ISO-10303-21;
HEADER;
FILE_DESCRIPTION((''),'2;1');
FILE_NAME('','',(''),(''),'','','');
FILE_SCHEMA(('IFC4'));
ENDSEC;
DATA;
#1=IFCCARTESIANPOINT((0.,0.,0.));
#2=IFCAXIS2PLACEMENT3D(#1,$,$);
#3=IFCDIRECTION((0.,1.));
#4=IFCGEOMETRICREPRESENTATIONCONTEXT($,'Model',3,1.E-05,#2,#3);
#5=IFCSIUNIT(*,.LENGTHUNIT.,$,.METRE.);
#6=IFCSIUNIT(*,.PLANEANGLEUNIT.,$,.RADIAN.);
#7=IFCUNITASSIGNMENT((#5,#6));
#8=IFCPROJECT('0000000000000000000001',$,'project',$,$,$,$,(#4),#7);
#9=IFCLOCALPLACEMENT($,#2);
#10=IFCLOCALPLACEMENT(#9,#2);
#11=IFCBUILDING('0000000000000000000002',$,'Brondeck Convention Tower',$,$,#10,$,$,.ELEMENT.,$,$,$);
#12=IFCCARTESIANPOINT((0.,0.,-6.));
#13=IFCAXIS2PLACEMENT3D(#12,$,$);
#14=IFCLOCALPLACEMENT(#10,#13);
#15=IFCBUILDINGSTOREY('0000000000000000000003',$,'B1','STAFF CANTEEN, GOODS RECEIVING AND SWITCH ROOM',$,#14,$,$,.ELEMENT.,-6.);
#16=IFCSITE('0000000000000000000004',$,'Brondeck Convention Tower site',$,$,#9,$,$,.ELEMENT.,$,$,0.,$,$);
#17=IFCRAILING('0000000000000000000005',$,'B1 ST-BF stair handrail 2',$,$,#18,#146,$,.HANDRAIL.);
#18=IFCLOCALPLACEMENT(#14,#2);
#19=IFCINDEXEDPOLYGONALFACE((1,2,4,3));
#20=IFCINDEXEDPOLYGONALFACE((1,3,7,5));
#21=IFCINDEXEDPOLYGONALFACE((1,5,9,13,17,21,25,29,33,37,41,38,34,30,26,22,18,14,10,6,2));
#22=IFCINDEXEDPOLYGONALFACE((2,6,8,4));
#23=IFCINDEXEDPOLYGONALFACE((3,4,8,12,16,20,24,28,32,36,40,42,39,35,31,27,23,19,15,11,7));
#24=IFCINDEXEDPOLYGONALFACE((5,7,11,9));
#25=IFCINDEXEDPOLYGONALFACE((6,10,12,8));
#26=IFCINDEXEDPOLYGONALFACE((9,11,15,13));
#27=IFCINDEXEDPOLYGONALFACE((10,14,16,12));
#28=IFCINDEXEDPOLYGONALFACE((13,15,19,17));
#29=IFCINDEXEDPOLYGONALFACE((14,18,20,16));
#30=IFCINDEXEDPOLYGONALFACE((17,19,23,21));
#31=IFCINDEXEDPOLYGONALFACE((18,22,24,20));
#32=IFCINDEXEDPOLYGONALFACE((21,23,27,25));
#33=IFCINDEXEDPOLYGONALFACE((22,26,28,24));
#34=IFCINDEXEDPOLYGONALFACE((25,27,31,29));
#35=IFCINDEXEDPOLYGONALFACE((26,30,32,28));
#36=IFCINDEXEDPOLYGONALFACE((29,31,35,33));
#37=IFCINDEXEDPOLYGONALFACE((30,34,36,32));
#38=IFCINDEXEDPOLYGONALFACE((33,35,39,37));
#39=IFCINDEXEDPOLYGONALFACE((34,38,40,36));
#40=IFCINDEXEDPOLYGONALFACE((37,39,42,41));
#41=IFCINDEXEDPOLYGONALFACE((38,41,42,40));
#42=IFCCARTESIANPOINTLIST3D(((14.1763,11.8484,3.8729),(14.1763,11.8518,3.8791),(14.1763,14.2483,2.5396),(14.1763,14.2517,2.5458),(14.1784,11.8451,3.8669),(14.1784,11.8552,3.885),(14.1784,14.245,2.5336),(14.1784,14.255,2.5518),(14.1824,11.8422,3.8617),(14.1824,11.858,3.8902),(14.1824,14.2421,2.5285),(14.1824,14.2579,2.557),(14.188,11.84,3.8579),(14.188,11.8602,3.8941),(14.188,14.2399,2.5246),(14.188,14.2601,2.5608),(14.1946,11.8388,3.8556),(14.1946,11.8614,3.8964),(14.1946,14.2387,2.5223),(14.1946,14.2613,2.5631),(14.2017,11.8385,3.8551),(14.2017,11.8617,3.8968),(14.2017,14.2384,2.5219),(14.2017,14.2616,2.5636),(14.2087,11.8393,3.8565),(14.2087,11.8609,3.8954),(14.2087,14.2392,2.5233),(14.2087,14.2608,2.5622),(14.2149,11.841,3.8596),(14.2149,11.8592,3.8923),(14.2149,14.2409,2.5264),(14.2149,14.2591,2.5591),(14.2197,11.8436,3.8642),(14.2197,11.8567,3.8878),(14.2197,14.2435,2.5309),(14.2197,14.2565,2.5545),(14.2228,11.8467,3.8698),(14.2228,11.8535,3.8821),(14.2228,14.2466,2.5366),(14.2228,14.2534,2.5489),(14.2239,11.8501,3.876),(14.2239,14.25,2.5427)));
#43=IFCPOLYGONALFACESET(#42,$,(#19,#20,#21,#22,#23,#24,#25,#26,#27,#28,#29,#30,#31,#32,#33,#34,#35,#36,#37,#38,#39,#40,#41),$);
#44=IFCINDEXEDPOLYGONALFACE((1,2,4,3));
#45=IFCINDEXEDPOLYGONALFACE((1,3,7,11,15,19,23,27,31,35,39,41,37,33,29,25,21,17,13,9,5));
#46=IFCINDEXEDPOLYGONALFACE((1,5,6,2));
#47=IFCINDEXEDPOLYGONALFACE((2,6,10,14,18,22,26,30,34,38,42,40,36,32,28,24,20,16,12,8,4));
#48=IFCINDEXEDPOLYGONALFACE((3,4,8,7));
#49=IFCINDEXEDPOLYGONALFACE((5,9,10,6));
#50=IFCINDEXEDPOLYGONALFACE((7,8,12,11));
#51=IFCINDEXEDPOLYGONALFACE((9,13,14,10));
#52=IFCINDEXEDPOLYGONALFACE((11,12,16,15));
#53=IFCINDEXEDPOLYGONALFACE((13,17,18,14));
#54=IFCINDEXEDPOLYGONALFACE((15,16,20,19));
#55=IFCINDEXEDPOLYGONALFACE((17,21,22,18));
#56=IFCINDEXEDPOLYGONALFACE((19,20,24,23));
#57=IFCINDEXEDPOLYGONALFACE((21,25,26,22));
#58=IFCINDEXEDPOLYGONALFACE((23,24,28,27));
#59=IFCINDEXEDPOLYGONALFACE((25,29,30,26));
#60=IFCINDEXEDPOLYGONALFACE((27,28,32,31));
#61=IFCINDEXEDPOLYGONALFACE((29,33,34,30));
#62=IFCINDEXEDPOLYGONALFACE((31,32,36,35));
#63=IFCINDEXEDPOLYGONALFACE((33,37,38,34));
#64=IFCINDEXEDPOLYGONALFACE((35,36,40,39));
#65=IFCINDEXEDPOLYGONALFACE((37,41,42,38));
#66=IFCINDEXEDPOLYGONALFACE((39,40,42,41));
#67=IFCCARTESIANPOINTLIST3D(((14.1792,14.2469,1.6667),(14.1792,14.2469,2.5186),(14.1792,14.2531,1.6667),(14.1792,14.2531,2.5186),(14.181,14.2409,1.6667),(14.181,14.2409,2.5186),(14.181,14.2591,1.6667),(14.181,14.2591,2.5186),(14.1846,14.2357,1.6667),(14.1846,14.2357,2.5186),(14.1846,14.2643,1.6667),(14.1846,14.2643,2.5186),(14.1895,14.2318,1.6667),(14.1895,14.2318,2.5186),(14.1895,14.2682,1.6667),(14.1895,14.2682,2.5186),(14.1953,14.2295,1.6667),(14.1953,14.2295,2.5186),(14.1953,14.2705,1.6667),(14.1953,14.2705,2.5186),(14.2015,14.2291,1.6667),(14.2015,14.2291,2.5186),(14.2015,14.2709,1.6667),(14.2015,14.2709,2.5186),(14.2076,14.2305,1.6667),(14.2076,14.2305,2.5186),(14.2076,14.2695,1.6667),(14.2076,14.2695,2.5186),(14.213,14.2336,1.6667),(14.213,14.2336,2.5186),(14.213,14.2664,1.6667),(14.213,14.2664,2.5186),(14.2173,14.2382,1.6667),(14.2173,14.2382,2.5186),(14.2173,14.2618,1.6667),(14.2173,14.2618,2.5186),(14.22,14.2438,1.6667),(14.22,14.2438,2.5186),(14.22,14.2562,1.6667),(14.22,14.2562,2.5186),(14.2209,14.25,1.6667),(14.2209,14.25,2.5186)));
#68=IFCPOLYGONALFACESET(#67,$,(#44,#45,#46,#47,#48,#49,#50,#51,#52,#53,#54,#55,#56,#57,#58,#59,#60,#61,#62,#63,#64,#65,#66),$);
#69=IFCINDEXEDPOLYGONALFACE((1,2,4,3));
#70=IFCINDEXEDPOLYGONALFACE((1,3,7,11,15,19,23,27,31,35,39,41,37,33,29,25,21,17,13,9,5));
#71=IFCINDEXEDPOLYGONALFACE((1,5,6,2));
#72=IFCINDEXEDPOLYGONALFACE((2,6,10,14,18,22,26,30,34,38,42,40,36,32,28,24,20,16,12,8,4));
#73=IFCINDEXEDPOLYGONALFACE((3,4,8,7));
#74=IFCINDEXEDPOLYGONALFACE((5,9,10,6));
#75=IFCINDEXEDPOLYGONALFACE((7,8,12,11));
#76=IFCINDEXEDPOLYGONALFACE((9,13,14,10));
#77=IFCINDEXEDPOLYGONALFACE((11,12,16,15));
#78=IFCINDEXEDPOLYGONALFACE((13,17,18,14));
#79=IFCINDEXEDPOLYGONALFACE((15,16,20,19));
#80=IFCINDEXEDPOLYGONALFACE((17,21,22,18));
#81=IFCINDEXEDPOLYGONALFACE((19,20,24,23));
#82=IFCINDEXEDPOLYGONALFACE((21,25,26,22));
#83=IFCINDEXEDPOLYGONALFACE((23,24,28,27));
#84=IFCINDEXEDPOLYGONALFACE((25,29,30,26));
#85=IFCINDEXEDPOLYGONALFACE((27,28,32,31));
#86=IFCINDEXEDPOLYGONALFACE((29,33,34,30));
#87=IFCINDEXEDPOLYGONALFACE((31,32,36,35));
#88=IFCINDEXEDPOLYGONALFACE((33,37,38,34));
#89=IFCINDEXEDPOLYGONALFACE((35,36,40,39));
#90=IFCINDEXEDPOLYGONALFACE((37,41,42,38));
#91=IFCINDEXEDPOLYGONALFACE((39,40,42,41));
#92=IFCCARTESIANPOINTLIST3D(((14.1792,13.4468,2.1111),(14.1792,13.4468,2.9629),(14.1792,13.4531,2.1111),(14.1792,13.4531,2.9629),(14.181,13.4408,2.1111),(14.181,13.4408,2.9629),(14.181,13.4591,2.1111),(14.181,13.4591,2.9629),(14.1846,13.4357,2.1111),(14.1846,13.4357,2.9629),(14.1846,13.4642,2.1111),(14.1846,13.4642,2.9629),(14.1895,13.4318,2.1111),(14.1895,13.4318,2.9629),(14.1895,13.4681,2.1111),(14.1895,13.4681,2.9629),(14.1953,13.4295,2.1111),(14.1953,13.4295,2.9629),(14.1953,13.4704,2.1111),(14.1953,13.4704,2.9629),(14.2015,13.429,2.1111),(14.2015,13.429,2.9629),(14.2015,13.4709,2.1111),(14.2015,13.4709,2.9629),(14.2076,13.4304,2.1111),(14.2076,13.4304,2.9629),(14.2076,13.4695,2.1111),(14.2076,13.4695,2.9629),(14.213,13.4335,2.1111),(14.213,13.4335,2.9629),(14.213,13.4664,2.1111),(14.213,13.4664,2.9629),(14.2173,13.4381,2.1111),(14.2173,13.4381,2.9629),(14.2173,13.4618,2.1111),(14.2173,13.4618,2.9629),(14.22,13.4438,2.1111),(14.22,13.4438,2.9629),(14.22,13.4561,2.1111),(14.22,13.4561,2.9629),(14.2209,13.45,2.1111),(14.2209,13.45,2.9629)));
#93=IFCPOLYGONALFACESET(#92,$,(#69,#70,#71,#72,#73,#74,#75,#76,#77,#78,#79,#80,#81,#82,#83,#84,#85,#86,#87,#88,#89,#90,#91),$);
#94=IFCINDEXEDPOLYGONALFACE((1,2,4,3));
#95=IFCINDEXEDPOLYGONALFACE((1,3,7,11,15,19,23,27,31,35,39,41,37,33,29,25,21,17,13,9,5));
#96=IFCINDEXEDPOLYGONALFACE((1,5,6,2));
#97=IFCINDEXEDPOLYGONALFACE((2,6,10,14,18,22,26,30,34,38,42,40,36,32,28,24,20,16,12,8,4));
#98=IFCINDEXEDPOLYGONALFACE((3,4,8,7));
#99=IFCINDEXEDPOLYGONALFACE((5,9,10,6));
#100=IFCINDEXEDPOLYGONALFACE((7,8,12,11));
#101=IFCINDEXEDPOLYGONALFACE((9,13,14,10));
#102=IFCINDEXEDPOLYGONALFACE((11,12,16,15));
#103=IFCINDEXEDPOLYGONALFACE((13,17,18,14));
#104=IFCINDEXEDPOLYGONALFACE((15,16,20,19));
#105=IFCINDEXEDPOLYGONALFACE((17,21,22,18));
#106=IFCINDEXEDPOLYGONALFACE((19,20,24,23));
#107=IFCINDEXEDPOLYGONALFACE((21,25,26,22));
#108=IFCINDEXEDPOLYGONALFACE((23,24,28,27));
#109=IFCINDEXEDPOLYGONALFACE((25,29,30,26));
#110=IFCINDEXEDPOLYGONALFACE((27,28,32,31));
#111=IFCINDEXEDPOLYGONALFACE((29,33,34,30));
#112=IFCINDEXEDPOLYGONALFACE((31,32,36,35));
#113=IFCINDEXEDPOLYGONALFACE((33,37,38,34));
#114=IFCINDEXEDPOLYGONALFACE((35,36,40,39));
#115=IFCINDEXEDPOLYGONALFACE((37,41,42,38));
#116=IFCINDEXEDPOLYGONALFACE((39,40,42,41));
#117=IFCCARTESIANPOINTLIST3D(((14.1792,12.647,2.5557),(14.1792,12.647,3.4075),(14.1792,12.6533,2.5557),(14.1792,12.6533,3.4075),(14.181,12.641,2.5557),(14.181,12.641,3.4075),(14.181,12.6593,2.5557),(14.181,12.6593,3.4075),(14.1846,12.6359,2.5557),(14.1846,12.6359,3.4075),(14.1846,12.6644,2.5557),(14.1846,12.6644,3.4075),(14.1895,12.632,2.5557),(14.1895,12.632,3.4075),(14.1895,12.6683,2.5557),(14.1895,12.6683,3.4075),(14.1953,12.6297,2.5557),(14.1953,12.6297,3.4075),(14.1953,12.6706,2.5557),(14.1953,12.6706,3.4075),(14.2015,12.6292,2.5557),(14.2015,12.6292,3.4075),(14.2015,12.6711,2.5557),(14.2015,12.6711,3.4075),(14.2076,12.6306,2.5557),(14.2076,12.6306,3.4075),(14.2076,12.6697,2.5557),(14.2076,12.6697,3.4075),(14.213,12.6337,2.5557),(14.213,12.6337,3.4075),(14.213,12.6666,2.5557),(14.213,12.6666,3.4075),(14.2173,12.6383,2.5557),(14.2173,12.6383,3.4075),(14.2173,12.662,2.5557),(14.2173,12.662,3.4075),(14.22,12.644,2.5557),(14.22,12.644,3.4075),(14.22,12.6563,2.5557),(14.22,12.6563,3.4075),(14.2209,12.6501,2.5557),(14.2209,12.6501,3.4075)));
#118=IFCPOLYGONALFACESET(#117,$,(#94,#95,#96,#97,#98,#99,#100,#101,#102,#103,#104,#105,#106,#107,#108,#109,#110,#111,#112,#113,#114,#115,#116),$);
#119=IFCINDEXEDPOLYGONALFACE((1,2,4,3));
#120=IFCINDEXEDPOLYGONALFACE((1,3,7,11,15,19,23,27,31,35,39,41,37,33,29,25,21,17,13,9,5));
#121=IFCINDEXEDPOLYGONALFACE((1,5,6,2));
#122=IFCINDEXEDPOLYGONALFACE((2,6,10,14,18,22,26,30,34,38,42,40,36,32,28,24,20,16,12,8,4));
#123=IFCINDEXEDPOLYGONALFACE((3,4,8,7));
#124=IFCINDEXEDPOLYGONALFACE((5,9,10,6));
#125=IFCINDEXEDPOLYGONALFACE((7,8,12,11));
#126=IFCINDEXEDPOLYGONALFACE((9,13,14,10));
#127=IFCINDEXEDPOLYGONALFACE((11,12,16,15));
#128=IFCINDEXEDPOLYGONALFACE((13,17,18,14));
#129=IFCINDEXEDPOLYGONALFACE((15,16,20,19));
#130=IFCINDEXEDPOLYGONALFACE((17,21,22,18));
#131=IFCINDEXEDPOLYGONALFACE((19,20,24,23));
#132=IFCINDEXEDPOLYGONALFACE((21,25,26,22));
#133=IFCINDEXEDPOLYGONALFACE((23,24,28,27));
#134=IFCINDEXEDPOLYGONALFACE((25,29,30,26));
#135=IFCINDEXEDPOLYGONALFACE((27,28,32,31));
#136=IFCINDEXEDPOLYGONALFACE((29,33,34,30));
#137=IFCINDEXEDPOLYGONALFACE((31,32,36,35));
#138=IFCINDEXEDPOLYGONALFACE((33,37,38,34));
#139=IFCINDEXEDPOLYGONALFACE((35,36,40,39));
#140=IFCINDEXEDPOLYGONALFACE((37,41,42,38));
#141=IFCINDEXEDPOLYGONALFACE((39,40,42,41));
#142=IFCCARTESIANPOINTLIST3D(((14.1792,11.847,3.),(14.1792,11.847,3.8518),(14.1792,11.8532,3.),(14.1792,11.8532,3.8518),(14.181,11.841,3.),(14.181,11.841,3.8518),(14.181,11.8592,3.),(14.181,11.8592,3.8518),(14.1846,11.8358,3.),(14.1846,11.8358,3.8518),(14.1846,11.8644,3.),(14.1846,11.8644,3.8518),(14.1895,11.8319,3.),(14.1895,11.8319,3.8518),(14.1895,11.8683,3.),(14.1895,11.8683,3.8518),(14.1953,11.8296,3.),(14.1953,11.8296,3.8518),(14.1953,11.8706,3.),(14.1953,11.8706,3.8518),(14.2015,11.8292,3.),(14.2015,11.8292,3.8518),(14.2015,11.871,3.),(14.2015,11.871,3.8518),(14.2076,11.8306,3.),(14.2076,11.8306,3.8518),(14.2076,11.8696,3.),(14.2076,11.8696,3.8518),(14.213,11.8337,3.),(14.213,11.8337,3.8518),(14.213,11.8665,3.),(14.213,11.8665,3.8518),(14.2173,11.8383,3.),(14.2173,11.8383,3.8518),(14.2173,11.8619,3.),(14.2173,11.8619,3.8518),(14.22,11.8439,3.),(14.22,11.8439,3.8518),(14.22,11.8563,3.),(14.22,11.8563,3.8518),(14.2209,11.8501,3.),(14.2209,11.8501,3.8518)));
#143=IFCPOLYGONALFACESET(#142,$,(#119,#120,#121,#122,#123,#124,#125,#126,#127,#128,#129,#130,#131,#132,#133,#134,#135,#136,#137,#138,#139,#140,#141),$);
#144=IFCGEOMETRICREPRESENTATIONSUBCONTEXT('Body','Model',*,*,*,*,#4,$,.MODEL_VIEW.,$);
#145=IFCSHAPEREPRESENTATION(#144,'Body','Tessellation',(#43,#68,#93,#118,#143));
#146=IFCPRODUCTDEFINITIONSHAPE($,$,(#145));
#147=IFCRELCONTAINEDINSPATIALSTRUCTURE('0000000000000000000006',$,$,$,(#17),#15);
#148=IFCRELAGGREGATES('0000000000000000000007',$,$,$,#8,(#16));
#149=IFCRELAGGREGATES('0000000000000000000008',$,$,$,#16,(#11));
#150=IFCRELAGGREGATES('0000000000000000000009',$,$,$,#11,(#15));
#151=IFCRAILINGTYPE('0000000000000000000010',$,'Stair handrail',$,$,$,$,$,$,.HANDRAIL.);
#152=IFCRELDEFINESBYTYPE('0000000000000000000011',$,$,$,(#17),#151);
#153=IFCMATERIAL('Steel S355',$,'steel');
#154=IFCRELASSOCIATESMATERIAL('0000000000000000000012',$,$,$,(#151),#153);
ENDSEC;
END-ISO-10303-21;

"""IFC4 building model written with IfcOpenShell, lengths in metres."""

from ifc_helpers import new_model, si_unit, direction, frame, origin, origin_2d, place, context, subcontext, project, spatial, circle, extrude, material, type_object, element, save


model = new_model("IFC4")

# Units and contexts
model_context = context("Model", 3, precision=1e-05, world=origin(), true_north=direction((0.0, 1.0)))
body_context = subcontext(model_context, "Body", "Model", "MODEL_VIEW")
ifc_project = project(units=[si_unit("LENGTHUNIT", "METRE"), si_unit("PLANEANGLEUNIT", "RADIAN")], contexts=[model_context])

# Site, building, storey
site_placement = place(None, origin())
site = spatial("IfcSite", under=ifc_project, at=site_placement, Name="Brondeck Convention Tower site", CompositionType="ELEMENT", RefElevation=0.0)
building_placement = place(site_placement, origin())
building = spatial("IfcBuilding", under=site, at=building_placement, Name="Brondeck Convention Tower", CompositionType="ELEMENT")
storey_placement = place(building_placement, frame((0.0, 0.0, -6.0)))
storey = spatial("IfcBuildingStorey", under=building, at=storey_placement, Name="B1", Description="STAFF CANTEEN, GOODS RECEIVING AND SWITCH ROOM", CompositionType="ELEMENT", Elevation=-6.0)

# Shared definitions
ifc_material_1 = material(Name="Steel S355", Category="steel")

# Railing
railing_type = type_object("IfcRailingType", Name="Stair handrail", PredefinedType="HANDRAIL", material=ifc_material_1)
railing_1_placement = place(storey_placement, frame((14.2, 14.25, 1.6667)))
element("IfcRailing", 1, at=railing_1_placement, inside=storey, type_object=railing_type, Name="B1 ST-BF stair handrail 2", PredefinedType="HANDRAIL", context=body_context, shape_type="SweptSolid", body=[
    extrude(circle(Radius=0.0239, at=origin_2d()), frame((0.0, 0.0, 0.876), z_axis=(0.0, -0.874161, 0.485635), x_axis=(1.0, 0.0, 0.0)), (0.0, 0.0, 1.0), 2.7454),
    extrude(circle(Radius=0.021, at=origin_2d()), origin(), (0.0, 0.0, 1.0), 0.8518),
    extrude(circle(Radius=0.021, at=origin_2d()), frame((0.0, -0.8, 0.4443)), (0.0, 0.0, 1.0), 0.8518),
    extrude(circle(Radius=0.021, at=origin_2d()), frame((0.0, -1.5999, 0.8889)), (0.0, 0.0, 1.0), 0.8518),
    extrude(circle(Radius=0.021, at=origin_2d()), frame((0.0, -2.3999, 1.3333)), (0.0, 0.0, 1.0), 0.8518),
])

save(model, "model.ifc")
